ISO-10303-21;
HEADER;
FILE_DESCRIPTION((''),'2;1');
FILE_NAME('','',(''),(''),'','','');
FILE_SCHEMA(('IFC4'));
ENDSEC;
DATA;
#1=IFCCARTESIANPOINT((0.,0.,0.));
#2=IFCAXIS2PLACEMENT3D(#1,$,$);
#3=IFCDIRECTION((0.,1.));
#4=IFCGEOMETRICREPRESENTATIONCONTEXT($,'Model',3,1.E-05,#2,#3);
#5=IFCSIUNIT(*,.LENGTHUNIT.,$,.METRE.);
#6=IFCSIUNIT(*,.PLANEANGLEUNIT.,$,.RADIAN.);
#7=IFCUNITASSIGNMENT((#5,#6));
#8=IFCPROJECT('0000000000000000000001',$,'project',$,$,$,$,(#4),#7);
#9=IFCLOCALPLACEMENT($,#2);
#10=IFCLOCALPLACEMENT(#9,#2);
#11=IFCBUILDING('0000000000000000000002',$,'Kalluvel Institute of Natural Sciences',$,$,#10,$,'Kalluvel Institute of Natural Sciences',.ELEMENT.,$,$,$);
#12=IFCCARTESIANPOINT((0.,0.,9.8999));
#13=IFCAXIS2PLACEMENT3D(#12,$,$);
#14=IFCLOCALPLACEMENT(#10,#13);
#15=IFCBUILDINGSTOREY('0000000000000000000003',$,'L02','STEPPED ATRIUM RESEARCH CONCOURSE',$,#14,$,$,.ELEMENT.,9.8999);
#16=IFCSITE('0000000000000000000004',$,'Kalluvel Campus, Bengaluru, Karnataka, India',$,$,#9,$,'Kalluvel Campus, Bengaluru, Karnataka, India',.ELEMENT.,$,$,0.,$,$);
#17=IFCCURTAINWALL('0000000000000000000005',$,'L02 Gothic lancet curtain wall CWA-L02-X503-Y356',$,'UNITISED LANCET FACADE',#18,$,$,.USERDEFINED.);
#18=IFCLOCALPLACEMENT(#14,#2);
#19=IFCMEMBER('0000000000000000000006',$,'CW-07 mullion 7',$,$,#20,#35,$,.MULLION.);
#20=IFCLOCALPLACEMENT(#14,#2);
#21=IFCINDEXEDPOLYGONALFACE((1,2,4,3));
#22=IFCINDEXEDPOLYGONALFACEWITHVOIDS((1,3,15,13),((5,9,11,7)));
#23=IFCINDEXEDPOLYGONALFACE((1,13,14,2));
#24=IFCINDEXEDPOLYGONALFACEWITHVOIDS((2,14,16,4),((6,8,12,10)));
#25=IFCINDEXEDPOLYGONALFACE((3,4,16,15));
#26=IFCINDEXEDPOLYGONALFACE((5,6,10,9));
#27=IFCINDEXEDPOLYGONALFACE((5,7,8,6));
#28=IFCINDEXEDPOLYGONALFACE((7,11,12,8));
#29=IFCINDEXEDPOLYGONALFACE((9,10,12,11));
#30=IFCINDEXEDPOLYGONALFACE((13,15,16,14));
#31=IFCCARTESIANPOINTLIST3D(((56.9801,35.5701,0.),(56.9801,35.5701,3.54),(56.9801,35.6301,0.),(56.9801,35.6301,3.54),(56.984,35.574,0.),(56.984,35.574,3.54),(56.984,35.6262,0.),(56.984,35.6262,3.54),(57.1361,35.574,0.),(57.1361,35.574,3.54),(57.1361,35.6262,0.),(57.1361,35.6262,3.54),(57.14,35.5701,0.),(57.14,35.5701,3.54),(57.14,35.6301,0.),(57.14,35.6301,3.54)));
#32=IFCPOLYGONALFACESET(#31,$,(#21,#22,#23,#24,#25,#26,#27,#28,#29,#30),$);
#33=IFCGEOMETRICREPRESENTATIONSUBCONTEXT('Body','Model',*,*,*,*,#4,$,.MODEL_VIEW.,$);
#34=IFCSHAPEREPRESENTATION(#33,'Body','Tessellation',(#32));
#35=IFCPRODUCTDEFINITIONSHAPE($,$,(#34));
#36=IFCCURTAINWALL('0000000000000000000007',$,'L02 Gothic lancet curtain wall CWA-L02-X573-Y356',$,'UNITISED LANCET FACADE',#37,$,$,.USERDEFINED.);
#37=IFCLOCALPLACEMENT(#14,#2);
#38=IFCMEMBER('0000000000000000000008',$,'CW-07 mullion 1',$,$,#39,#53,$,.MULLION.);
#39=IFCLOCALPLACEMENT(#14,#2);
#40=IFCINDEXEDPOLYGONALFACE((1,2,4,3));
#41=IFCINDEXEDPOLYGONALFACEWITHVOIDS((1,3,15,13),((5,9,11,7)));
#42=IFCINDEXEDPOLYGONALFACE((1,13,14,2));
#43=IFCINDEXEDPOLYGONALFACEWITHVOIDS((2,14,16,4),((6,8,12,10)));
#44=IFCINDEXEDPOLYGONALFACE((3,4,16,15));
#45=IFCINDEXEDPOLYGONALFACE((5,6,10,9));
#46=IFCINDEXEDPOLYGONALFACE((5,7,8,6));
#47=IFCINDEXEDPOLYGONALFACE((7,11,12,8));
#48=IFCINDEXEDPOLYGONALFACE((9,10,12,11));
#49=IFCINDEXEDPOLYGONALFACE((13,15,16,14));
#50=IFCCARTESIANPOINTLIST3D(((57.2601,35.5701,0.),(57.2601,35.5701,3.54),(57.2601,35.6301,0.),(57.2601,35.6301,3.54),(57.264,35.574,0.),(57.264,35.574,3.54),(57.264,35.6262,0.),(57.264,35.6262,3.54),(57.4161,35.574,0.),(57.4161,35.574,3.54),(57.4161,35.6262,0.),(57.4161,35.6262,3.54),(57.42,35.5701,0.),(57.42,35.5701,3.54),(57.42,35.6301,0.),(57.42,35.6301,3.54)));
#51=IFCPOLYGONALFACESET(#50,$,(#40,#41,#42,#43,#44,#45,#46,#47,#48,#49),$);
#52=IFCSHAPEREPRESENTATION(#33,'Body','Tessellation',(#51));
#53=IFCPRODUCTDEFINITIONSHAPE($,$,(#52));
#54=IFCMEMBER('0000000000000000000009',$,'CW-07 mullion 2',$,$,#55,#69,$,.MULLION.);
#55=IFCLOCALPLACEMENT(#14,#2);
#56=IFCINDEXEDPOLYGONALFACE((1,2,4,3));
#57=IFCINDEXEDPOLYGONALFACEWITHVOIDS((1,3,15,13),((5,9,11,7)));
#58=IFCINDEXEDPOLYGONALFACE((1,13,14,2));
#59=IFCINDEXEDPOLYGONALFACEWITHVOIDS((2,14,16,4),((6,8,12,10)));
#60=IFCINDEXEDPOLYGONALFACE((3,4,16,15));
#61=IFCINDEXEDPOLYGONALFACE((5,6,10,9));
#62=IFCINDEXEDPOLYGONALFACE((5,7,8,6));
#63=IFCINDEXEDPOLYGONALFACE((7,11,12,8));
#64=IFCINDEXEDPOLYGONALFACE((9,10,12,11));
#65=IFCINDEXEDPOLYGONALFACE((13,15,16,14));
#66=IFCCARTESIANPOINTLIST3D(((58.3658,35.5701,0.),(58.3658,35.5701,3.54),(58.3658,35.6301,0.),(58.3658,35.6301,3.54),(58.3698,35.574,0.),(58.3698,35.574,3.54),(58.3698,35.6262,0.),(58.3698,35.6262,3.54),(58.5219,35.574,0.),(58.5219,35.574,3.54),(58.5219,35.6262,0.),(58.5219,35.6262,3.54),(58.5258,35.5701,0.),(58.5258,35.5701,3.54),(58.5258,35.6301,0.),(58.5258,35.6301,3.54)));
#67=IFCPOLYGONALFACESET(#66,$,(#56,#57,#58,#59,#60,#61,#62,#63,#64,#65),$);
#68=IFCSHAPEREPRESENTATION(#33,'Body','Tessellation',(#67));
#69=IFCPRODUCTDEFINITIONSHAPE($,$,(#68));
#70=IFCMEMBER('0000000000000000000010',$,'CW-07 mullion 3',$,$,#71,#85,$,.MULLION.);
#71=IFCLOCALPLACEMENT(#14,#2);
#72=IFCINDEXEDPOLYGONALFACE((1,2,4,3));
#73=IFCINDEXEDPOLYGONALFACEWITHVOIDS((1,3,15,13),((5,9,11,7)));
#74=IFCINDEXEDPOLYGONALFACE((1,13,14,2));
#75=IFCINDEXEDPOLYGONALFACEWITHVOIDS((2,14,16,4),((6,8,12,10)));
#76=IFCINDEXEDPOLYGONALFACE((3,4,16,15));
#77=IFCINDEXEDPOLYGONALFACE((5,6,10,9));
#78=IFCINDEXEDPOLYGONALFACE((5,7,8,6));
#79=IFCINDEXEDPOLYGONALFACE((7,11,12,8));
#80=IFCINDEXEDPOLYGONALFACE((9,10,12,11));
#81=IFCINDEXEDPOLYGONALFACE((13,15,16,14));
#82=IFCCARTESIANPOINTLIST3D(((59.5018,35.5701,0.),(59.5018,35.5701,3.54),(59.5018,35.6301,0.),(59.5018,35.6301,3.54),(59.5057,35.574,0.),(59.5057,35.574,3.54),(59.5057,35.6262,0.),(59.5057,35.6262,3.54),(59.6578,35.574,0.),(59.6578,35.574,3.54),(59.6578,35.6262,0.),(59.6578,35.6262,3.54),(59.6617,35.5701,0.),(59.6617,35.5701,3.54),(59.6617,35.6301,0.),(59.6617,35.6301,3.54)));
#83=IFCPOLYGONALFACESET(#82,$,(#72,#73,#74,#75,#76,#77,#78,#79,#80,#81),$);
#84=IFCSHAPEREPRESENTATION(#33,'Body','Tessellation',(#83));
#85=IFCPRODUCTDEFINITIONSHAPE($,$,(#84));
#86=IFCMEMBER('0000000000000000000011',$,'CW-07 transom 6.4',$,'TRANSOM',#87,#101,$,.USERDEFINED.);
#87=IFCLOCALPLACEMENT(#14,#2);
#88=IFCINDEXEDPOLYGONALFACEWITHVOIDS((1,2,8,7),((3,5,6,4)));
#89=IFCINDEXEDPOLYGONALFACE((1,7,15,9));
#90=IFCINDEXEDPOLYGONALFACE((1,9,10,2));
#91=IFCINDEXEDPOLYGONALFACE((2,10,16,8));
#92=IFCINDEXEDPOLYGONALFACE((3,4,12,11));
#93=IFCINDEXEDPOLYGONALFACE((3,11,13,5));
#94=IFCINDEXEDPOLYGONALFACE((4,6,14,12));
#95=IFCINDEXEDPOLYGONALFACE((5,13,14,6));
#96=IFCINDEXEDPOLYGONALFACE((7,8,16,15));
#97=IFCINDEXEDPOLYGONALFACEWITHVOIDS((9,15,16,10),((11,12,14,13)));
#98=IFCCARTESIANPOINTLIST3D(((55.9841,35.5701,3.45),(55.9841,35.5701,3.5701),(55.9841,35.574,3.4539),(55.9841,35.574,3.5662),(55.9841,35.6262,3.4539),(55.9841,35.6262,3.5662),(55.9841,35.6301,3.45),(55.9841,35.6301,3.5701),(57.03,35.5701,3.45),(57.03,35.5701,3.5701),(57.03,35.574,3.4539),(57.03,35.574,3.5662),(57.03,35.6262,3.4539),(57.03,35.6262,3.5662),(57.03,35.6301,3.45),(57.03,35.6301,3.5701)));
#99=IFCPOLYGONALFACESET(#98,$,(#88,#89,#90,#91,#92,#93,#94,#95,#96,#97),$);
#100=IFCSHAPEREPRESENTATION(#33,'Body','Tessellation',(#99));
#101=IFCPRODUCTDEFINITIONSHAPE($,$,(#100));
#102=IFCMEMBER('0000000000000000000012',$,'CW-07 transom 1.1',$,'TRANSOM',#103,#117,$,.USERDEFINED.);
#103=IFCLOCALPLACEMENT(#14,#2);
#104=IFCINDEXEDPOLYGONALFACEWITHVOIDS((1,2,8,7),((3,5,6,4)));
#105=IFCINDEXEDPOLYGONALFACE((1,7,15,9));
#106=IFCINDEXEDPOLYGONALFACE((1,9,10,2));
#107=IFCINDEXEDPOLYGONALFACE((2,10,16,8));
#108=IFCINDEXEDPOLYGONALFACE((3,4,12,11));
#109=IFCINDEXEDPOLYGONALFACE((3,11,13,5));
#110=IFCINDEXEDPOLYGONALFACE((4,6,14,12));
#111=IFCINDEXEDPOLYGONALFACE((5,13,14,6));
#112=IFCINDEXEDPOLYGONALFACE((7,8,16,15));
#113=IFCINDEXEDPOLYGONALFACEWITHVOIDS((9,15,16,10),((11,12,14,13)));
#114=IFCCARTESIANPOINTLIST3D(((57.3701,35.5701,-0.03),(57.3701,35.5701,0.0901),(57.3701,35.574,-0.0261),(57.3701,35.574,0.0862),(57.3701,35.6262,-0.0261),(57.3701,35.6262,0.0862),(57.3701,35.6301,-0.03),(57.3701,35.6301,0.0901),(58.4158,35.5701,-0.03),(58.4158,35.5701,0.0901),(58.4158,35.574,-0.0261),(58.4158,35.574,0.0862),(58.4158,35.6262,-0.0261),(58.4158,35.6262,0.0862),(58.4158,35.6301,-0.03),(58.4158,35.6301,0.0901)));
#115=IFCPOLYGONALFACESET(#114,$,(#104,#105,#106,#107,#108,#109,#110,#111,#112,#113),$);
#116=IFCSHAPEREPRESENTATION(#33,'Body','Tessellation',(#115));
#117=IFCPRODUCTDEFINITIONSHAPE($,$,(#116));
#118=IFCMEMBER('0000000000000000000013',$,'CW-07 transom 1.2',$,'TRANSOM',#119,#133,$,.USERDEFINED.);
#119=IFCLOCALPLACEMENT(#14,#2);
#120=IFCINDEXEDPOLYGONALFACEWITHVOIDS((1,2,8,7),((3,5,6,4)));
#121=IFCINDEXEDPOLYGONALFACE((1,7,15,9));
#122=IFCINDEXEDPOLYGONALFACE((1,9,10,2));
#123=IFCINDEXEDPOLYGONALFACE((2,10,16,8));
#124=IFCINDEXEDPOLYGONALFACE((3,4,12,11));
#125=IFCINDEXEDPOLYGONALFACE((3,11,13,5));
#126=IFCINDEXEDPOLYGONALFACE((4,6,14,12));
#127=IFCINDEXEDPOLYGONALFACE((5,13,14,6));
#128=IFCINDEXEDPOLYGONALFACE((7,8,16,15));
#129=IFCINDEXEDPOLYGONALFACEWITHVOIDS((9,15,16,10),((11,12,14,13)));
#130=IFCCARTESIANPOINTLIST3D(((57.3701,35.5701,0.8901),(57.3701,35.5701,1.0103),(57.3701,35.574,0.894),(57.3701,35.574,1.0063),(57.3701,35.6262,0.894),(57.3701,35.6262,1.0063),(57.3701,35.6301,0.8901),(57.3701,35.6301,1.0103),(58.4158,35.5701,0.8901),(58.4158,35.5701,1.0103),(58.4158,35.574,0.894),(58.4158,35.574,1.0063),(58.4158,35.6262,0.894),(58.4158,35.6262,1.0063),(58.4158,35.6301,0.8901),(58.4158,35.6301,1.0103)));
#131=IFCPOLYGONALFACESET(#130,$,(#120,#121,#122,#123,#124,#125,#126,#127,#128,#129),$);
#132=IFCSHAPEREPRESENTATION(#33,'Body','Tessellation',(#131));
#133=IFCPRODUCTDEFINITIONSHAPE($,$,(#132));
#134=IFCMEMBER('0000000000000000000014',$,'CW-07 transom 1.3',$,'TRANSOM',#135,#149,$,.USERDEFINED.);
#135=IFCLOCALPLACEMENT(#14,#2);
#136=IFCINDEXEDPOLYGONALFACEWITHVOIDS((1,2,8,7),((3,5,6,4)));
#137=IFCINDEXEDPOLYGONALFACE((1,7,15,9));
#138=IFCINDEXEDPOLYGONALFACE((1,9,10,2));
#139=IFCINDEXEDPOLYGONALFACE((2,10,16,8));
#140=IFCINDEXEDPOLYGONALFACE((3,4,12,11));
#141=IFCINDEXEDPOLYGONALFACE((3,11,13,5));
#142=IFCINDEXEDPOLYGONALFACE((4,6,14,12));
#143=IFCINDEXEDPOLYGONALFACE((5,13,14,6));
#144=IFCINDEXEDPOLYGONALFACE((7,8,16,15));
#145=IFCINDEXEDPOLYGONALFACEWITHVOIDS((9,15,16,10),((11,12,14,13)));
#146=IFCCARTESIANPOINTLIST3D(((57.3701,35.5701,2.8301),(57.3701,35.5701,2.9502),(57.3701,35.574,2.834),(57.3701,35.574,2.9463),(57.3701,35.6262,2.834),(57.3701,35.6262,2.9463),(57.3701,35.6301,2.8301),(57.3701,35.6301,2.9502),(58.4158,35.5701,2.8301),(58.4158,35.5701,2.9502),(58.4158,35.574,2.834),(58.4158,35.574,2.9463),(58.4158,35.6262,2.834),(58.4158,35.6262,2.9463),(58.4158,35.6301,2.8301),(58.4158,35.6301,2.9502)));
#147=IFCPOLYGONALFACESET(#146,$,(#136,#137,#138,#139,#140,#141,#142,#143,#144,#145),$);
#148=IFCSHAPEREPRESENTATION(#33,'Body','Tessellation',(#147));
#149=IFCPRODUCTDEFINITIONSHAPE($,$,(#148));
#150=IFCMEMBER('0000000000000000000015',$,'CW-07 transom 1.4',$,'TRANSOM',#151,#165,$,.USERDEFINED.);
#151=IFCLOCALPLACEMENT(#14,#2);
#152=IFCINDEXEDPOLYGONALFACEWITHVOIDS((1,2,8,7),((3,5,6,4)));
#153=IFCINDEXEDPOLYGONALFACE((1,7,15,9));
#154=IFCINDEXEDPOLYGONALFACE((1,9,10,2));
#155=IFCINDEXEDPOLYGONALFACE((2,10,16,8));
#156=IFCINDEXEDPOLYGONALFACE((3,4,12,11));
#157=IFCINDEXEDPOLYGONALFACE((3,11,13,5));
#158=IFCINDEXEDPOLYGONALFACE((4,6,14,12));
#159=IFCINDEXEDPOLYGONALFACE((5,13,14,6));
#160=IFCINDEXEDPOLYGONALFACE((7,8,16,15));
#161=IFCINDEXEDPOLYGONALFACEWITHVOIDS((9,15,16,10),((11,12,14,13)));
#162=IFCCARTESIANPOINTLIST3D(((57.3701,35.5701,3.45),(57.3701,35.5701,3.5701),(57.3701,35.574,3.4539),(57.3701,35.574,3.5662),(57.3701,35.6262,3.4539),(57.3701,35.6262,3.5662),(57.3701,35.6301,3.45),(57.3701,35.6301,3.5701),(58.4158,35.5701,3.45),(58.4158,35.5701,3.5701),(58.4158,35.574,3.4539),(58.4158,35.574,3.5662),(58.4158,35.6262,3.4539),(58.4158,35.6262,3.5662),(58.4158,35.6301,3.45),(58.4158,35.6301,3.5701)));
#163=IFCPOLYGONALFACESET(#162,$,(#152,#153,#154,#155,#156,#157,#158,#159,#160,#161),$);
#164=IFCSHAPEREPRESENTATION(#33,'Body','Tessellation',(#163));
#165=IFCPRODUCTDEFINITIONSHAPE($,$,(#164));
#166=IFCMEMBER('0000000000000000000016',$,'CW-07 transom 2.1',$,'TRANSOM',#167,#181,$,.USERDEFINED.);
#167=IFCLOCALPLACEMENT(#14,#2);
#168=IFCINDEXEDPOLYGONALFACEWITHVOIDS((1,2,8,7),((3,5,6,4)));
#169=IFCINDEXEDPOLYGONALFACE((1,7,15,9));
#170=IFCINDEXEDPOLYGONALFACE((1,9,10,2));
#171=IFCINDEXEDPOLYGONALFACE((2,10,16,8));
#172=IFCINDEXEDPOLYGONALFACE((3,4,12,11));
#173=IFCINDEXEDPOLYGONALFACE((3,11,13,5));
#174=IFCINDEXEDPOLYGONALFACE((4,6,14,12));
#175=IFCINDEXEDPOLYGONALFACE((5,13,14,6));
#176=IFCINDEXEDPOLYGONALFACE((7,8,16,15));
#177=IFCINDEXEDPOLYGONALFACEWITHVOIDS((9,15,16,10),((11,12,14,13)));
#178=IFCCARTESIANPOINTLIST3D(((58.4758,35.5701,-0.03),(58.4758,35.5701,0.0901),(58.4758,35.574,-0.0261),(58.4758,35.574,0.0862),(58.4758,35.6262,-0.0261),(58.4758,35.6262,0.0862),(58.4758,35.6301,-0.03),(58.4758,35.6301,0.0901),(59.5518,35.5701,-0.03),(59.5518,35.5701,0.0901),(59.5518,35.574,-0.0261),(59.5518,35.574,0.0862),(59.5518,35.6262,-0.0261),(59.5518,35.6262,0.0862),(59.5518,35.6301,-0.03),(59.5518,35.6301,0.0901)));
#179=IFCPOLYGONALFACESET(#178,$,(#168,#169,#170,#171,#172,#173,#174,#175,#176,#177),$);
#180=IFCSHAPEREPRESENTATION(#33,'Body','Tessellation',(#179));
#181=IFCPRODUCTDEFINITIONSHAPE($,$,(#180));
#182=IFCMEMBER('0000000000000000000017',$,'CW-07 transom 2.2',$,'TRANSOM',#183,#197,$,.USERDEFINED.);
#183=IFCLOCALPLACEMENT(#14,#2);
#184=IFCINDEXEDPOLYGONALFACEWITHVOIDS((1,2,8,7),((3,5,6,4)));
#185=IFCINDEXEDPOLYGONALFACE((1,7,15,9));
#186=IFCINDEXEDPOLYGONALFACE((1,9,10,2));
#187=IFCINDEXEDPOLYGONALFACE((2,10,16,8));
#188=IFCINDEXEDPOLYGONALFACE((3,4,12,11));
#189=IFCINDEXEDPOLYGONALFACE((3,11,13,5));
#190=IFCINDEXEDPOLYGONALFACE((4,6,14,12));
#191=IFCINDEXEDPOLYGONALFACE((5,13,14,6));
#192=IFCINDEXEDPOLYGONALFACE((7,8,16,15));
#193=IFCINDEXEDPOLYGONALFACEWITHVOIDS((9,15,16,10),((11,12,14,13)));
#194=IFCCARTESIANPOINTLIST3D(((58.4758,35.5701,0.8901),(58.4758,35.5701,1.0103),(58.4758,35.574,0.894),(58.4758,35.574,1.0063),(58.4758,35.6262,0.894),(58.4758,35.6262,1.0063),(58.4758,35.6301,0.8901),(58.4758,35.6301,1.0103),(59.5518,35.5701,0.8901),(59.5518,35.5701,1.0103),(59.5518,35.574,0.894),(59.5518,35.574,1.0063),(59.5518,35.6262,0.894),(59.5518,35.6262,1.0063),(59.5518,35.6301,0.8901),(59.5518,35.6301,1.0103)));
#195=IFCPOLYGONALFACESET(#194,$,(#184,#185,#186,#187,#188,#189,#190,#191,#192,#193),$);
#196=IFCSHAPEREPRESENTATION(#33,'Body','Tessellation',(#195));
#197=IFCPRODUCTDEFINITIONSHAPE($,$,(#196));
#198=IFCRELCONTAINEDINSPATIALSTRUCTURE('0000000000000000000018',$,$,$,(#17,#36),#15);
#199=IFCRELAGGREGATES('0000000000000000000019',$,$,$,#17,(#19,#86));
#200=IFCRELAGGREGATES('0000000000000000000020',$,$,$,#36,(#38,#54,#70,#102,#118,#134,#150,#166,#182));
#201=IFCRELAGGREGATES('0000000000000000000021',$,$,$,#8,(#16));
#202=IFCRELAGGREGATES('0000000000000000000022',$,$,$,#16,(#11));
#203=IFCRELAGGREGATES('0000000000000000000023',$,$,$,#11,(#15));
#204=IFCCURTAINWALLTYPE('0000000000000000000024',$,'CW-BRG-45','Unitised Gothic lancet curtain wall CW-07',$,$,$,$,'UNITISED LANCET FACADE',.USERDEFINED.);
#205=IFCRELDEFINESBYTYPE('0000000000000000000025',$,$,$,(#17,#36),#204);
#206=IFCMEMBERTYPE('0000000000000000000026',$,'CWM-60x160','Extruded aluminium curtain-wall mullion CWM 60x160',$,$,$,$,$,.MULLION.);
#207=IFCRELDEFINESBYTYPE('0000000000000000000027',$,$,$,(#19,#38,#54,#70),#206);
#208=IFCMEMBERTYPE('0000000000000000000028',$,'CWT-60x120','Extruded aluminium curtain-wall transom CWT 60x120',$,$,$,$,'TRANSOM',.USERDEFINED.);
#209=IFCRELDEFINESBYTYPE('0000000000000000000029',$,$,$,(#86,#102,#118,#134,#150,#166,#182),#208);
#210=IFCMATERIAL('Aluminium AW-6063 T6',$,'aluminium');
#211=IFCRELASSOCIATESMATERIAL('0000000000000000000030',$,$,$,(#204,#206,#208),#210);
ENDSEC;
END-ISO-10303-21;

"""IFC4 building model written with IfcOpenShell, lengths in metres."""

from ifc_helpers import new_model, si_unit, direction, frame, origin, origin_2d, place, context, subcontext, project, spatial, hollow_rectangle, extrude, material, material_profile, profile_set, type_object, element, aggregate, save


model = new_model("IFC4")

# Units and contexts
model_context = context("Model", 3, precision=1e-05, world=origin(), true_north=direction((0.0, 1.0)))
body_context = subcontext(model_context, "Body", "Model", "MODEL_VIEW")
ifc_project = project(units=[si_unit("LENGTHUNIT", "METRE"), si_unit("PLANEANGLEUNIT", "RADIAN")], contexts=[model_context])

# Site, building, storey
site_placement = place(None, origin())
site = spatial("IfcSite", under=ifc_project, at=site_placement, Name="Kalluvel Campus, Bengaluru, Karnataka, India", LongName="Kalluvel Campus, Bengaluru, Karnataka, India", CompositionType="ELEMENT", RefElevation=0.0)
building_placement = place(site_placement, origin())
building = spatial("IfcBuilding", under=site, at=building_placement, Name="Kalluvel Institute of Natural Sciences", LongName="Kalluvel Institute of Natural Sciences", CompositionType="ELEMENT")
storey_placement = place(building_placement, frame((0.0, 0.0, 9.8999)))
storey = spatial("IfcBuildingStorey", under=building, at=storey_placement, Name="L02", Description="STEPPED ATRIUM RESEARCH CONCOURSE", CompositionType="ELEMENT", Elevation=9.8999)

# Curtain wall, member
ifc_material_1 = material(Name="Aluminium AW-6063 T6", Category="aluminium")
curtain_wall_type = type_object("IfcCurtainWallType", Name="CW-BRG-45", Description="Unitised Gothic lancet curtain wall CW-07", ElementType="UNITISED LANCET FACADE", PredefinedType="USERDEFINED", material=ifc_material_1)
curtain_wall_1_placement = place(storey_placement, origin())
curtain_wall_1 = element("IfcCurtainWall", 1, at=curtain_wall_1_placement, inside=storey, type_object=curtain_wall_type, Name="L02 Gothic lancet curtain wall CWA-L02-X503-Y356", ObjectType="UNITISED LANCET FACADE", PredefinedType="USERDEFINED")
ifc_material_profile_1 = material_profile(ifc_material_1, hollow_rectangle(XDim=0.0601, YDim=0.1599, WallThickness=0.0039, at=origin_2d()), Name="CWM 60x160")
ifc_profile_set_1 = profile_set([ifc_material_profile_1], Name="Aluminium AW-6063 T6")
member_type_1 = type_object("IfcMemberType", Name="CWM-60x160", Description="Extruded aluminium curtain-wall mullion CWM 60x160", PredefinedType="MULLION", material=ifc_profile_set_1)
member_1_placement = place(storey_placement, frame((57.0601, 35.6001, 0.0), z_axis=(0.0, 0.0, 1.0), x_axis=(0.0, 1.0, 0.0)))
member_1 = element("IfcMember", 2, at=member_1_placement, type_object=member_type_1, Name="CW-07 mullion 7", PredefinedType="MULLION", context=body_context, shape_type="SweptSolid", body=[
    extrude(hollow_rectangle(XDim=0.0601, YDim=0.1599, WallThickness=0.0039, at=origin_2d()), origin(), (0.0, 0.0, 1.0), 3.54),
])

# Curtain wall, members
curtain_wall_2_placement = place(storey_placement, origin())
curtain_wall_2 = element("IfcCurtainWall", 3, at=curtain_wall_2_placement, inside=storey, type_object=curtain_wall_type, Name="L02 Gothic lancet curtain wall CWA-L02-X573-Y356", ObjectType="UNITISED LANCET FACADE", PredefinedType="USERDEFINED")
member_2_placement = place(storey_placement, frame((57.3401, 35.6001, 0.0), z_axis=(0.0, 0.0, 1.0), x_axis=(0.0, 1.0, 0.0)))
member_2 = element("IfcMember", 4, at=member_2_placement, type_object=member_type_1, Name="CW-07 mullion 1", PredefinedType="MULLION", context=body_context, shape_type="SweptSolid", body=[
    extrude(hollow_rectangle(XDim=0.0601, YDim=0.1599, WallThickness=0.0039, at=origin_2d()), origin(), (0.0, 0.0, 1.0), 3.54),
])
member_3_placement = place(storey_placement, frame((58.4458, 35.6001, 0.0), z_axis=(0.0, 0.0, 1.0), x_axis=(0.0, 1.0, 0.0)))
member_3 = element("IfcMember", 5, at=member_3_placement, type_object=member_type_1, Name="CW-07 mullion 2", PredefinedType="MULLION", context=body_context, shape_type="SweptSolid", body=[
    extrude(hollow_rectangle(XDim=0.0601, YDim=0.1599, WallThickness=0.0039, at=origin_2d()), origin(), (0.0, 0.0, 1.0), 3.54),
])
member_4_placement = place(storey_placement, frame((59.5818, 35.6001, 0.0), z_axis=(0.0, 0.0, 1.0), x_axis=(0.0, 1.0, 0.0)))
member_4 = element("IfcMember", 6, at=member_4_placement, type_object=member_type_1, Name="CW-07 mullion 3", PredefinedType="MULLION", context=body_context, shape_type="SweptSolid", body=[
    extrude(hollow_rectangle(XDim=0.0601, YDim=0.1599, WallThickness=0.0039, at=origin_2d()), origin(), (0.0, 0.0, 1.0), 3.54),
])

# Members
ifc_material_profile_2 = material_profile(ifc_material_1, hollow_rectangle(XDim=0.0601, YDim=0.1201, WallThickness=0.0039, at=origin_2d()), Name="CWT 60x120")
ifc_profile_set_2 = profile_set([ifc_material_profile_2], Name="Aluminium AW-6063 T6")
member_type_2 = type_object("IfcMemberType", Name="CWT-60x120", Description="Extruded aluminium curtain-wall transom CWT 60x120", ElementType="TRANSOM", PredefinedType="USERDEFINED", material=ifc_profile_set_2)
member_5_placement = place(storey_placement, frame((55.9841, 35.6001, 3.51), z_axis=(1.0, 0.0, 0.0), x_axis=(0.0, 1.0, 0.0)))
member_5 = element("IfcMember", 7, at=member_5_placement, type_object=member_type_2, Name="CW-07 transom 6.4", ObjectType="TRANSOM", PredefinedType="USERDEFINED", context=body_context, shape_type="SweptSolid", body=[
    extrude(hollow_rectangle(XDim=0.0601, YDim=0.1201, WallThickness=0.0039, at=origin_2d()), origin(), (0.0, 0.0, 1.0), 1.0459),
])
member_6_placement = place(storey_placement, frame((57.3701, 35.6001, 0.03), z_axis=(1.0, 0.0, 0.0), x_axis=(0.0, 1.0, 0.0)))
member_6 = element("IfcMember", 8, at=member_6_placement, type_object=member_type_2, Name="CW-07 transom 1.1", ObjectType="TRANSOM", PredefinedType="USERDEFINED", context=body_context, shape_type="SweptSolid", body=[
    extrude(hollow_rectangle(XDim=0.0601, YDim=0.1201, WallThickness=0.0039, at=origin_2d()), origin(), (0.0, 0.0, 1.0), 1.0457),
])
member_7_placement = place(storey_placement, frame((57.3701, 35.6001, 0.9502), z_axis=(1.0, 0.0, 0.0), x_axis=(0.0, 1.0, 0.0)))
member_7 = element("IfcMember", 9, at=member_7_placement, type_object=member_type_2, Name="CW-07 transom 1.2", ObjectType="TRANSOM", PredefinedType="USERDEFINED", context=body_context, shape_type="SweptSolid", body=[
    extrude(hollow_rectangle(XDim=0.0601, YDim=0.1201, WallThickness=0.0039, at=origin_2d()), origin(), (0.0, 0.0, 1.0), 1.0457),
])
member_8_placement = place(storey_placement, frame((57.3701, 35.6001, 2.8901), z_axis=(1.0, 0.0, 0.0), x_axis=(0.0, 1.0, 0.0)))
member_8 = element("IfcMember", 10, at=member_8_placement, type_object=member_type_2, Name="CW-07 transom 1.3", ObjectType="TRANSOM", PredefinedType="USERDEFINED", context=body_context, shape_type="SweptSolid", body=[
    extrude(hollow_rectangle(XDim=0.0601, YDim=0.1201, WallThickness=0.0039, at=origin_2d()), origin(), (0.0, 0.0, 1.0), 1.0457),
])
member_9_placement = place(storey_placement, frame((57.3701, 35.6001, 3.51), z_axis=(1.0, 0.0, 0.0), x_axis=(0.0, 1.0, 0.0)))
member_9 = element("IfcMember", 11, at=member_9_placement, type_object=member_type_2, Name="CW-07 transom 1.4", ObjectType="TRANSOM", PredefinedType="USERDEFINED", context=body_context, shape_type="SweptSolid", body=[
    extrude(hollow_rectangle(XDim=0.0601, YDim=0.1201, WallThickness=0.0039, at=origin_2d()), origin(), (0.0, 0.0, 1.0), 1.0457),
])
member_10_placement = place(storey_placement, frame((58.4758, 35.6001, 0.03), z_axis=(1.0, 0.0, 0.0), x_axis=(0.0, 1.0, 0.0)))
member_10 = element("IfcMember", 12, at=member_10_placement, type_object=member_type_2, Name="CW-07 transom 2.1", ObjectType="TRANSOM", PredefinedType="USERDEFINED", context=body_context, shape_type="SweptSolid", body=[
    extrude(hollow_rectangle(XDim=0.0601, YDim=0.1201, WallThickness=0.0039, at=origin_2d()), origin(), (0.0, 0.0, 1.0), 1.0759),
])
member_11_placement = place(storey_placement, frame((58.4758, 35.6001, 0.9502), z_axis=(1.0, 0.0, 0.0), x_axis=(0.0, 1.0, 0.0)))
member_11 = element("IfcMember", 13, at=member_11_placement, type_object=member_type_2, Name="CW-07 transom 2.2", ObjectType="TRANSOM", PredefinedType="USERDEFINED", context=body_context, shape_type="SweptSolid", body=[
    extrude(hollow_rectangle(XDim=0.0601, YDim=0.1201, WallThickness=0.0039, at=origin_2d()), origin(), (0.0, 0.0, 1.0), 1.0759),
])

aggregate(curtain_wall_1, [member_1, member_5])
aggregate(curtain_wall_2, [member_2, member_3, member_4, member_6, member_7, member_8, member_9, member_10, member_11])

save(model, "model.ifc")
